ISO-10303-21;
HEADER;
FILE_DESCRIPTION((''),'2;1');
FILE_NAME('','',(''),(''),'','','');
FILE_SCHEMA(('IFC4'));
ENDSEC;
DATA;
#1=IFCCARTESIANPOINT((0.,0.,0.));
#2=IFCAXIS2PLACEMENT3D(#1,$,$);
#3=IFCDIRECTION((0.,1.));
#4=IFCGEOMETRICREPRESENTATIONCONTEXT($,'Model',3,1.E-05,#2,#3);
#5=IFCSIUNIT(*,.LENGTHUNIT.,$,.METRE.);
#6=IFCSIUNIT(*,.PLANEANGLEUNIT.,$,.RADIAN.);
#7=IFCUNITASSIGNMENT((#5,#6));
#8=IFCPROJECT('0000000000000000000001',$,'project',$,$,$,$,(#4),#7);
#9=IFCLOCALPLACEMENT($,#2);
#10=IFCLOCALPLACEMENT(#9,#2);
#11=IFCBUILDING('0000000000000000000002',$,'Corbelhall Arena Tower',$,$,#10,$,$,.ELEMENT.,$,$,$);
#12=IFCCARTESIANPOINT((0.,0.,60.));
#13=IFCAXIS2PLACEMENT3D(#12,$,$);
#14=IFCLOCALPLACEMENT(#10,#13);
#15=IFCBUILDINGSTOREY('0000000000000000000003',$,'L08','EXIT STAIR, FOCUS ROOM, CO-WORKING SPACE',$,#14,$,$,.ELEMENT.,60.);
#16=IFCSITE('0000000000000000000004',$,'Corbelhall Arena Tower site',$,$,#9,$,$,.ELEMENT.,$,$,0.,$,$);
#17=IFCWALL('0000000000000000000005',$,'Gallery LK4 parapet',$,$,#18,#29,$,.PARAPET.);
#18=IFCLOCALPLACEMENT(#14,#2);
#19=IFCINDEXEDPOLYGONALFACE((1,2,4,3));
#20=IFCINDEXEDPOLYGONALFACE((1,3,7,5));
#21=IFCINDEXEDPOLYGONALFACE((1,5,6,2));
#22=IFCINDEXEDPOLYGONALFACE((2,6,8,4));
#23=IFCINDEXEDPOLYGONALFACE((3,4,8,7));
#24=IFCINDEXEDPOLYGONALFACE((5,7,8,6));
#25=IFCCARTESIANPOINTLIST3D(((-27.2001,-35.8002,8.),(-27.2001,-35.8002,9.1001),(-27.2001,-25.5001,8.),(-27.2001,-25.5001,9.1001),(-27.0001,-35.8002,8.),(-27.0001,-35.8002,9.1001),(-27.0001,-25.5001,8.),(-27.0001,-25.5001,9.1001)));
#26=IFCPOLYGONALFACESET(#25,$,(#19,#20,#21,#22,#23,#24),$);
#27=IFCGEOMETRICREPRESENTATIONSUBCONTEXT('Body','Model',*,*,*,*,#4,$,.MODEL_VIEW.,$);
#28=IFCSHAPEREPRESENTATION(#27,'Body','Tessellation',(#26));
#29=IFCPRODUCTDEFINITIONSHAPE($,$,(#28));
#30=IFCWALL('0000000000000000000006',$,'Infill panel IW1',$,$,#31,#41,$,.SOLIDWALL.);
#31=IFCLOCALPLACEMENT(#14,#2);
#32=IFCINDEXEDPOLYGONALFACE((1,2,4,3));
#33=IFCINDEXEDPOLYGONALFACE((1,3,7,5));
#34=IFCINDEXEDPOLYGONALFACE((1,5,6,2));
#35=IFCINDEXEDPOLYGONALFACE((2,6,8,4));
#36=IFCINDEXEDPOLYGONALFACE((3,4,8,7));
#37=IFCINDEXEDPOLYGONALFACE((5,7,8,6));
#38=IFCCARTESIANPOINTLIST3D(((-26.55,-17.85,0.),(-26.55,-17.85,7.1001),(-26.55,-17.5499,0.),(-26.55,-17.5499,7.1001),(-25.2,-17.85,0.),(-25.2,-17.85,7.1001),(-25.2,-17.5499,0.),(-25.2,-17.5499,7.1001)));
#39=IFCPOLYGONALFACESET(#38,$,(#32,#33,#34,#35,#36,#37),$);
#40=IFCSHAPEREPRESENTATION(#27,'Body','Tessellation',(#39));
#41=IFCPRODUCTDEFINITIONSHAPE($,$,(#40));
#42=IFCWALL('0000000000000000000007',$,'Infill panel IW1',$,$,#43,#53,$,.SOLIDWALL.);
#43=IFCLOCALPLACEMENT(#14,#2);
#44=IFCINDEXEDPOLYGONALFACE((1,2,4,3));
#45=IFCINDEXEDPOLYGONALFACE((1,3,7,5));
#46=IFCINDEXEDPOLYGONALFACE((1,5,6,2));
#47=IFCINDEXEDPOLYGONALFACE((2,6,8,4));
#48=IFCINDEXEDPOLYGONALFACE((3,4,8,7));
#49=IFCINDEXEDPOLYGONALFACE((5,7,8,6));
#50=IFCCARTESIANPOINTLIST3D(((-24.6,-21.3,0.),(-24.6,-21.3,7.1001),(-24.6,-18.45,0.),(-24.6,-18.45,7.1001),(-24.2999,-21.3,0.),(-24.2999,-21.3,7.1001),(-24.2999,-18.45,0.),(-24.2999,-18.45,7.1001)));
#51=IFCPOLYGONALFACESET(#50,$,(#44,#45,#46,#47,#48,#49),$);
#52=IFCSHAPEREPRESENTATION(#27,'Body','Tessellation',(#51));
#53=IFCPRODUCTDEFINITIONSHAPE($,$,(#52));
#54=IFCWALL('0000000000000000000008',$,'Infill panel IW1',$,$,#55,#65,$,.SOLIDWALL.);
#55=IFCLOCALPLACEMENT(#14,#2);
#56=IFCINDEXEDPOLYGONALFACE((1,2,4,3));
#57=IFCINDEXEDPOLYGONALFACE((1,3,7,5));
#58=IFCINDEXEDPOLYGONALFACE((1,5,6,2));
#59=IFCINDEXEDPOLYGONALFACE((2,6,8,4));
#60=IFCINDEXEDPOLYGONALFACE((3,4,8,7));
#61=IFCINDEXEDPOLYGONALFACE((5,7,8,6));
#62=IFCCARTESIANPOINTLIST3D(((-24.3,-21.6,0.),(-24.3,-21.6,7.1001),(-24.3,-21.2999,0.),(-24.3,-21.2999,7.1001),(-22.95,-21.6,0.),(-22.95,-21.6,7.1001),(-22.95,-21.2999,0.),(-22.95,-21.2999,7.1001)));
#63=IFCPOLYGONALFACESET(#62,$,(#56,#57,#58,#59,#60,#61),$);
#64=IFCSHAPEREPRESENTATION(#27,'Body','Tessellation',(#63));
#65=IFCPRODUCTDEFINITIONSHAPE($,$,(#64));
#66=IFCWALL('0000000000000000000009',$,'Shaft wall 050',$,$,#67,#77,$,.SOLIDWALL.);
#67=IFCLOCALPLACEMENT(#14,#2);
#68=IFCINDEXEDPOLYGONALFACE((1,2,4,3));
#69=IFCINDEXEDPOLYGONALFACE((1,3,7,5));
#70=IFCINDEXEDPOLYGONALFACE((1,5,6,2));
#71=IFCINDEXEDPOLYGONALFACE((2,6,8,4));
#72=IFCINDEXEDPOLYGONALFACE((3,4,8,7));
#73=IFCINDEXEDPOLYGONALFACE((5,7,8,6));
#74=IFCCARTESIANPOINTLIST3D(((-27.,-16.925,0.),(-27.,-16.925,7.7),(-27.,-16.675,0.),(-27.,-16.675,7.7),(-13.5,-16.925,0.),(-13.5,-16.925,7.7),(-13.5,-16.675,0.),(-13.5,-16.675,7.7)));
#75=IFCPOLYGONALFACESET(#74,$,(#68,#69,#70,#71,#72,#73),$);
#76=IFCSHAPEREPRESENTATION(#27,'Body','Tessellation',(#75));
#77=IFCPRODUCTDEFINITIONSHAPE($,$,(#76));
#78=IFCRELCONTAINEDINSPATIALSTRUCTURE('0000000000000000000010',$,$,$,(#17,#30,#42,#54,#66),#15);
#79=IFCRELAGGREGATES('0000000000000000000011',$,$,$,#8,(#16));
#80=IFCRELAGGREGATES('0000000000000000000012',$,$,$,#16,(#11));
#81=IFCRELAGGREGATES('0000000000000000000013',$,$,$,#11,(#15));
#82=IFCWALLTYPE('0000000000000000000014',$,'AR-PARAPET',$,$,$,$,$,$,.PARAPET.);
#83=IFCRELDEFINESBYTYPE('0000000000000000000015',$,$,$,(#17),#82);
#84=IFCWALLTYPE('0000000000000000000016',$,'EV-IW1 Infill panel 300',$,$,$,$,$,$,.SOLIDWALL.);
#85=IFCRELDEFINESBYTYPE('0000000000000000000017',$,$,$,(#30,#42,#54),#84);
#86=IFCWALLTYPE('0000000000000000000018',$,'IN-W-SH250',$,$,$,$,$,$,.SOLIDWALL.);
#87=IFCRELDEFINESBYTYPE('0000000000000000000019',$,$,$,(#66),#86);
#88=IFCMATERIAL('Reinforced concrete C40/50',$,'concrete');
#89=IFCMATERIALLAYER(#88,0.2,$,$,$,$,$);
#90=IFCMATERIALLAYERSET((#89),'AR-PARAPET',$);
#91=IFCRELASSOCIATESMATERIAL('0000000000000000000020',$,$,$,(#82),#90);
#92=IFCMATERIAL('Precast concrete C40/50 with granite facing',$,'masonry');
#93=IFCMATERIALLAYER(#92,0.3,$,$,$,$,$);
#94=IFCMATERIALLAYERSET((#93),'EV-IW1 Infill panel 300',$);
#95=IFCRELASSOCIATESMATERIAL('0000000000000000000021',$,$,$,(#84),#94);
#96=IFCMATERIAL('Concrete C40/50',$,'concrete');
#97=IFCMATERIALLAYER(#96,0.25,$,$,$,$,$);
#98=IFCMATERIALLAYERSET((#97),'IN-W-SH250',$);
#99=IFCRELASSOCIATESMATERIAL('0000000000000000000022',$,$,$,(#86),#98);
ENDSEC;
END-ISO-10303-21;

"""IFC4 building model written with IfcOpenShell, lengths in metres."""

from ifc_helpers import new_model, si_unit, direction, frame, frame_2d, origin, place, context, subcontext, project, spatial, rectangle, extrude, material, layer, layer_set, type_object, element, save


model = new_model("IFC4")

# Units and contexts
model_context = context("Model", 3, precision=1e-05, world=origin(), true_north=direction((0.0, 1.0)))
body_context = subcontext(model_context, "Body", "Model", "MODEL_VIEW")
ifc_project = project(units=[si_unit("LENGTHUNIT", "METRE"), si_unit("PLANEANGLEUNIT", "RADIAN")], contexts=[model_context])

# Site, building, storey
site_placement = place(None, origin())
site = spatial("IfcSite", under=ifc_project, at=site_placement, Name="Corbelhall Arena Tower site", CompositionType="ELEMENT", RefElevation=0.0)
building_placement = place(site_placement, origin())
building = spatial("IfcBuilding", under=site, at=building_placement, Name="Corbelhall Arena Tower", CompositionType="ELEMENT")
storey_placement = place(building_placement, frame((0.0, 0.0, 60.0)))
storey = spatial("IfcBuildingStorey", under=building, at=storey_placement, Name="L08", Description="EXIT STAIR, FOCUS ROOM, CO-WORKING SPACE", CompositionType="ELEMENT", Elevation=60.0)

# Shared definitions
ifc_material_1 = material(Name="Reinforced concrete C40/50", Category="concrete")

# Walls
ifc_layer_1 = layer(ifc_material_1, 0.2)
ifc_layer_set_1 = layer_set([ifc_layer_1], Name="AR-PARAPET")
wall_type_1 = type_object("IfcWallType", Name="AR-PARAPET", PredefinedType="PARAPET", material=ifc_layer_set_1)
wall_1_placement = place(storey_placement, frame((-27.1001, -35.8, 8.0), z_axis=(0.0, 0.0, 1.0), x_axis=(0.0, 1.0, 0.0)))
element("IfcWall", 1, at=wall_1_placement, inside=storey, type_object=wall_type_1, Name="Gallery LK4 parapet", PredefinedType="PARAPET", context=body_context, shape_type="SweptSolid", body=[
    extrude(rectangle(XDim=10.3, YDim=0.2, at=frame_2d((5.1499, 0.0))), origin(), (0.0, 0.0, 1.0), 1.1001),
])
ifc_material_2 = material(Name="Precast concrete C40/50 with granite facing", Category="masonry")
ifc_layer_2 = layer(ifc_material_2, 0.3)
ifc_layer_set_2 = layer_set([ifc_layer_2], Name="EV-IW1 Infill panel 300")
wall_type_2 = type_object("IfcWallType", Name="EV-IW1 Infill panel 300", PredefinedType="SOLIDWALL", material=ifc_layer_set_2)
wall_2_placement = place(storey_placement, frame((-26.55, -17.7, 0.0), z_axis=(0.0, 0.0, 1.0), x_axis=(1.0, 0.0, 0.0)))
element("IfcWall", 2, at=wall_2_placement, inside=storey, type_object=wall_type_2, Name="Infill panel IW1", PredefinedType="SOLIDWALL", context=body_context, shape_type="SweptSolid", body=[
    extrude(rectangle(XDim=1.3501, YDim=0.3, at=frame_2d((0.675, 0.0))), origin(), (0.0, 0.0, 1.0), 7.1001),
])
wall_3_placement = place(storey_placement, frame((-24.45, -18.45, 0.0), z_axis=(0.0, 0.0, 1.0), x_axis=(0.0, -1.0, 0.0)))
element("IfcWall", 3, at=wall_3_placement, inside=storey, type_object=wall_type_2, Name="Infill panel IW1", PredefinedType="SOLIDWALL", context=body_context, shape_type="SweptSolid", body=[
    extrude(rectangle(XDim=2.8501, YDim=0.3, at=frame_2d((1.425, 0.0))), origin(), (0.0, 0.0, 1.0), 7.1001),
])
wall_4_placement = place(storey_placement, frame((-24.3, -21.45, 0.0), z_axis=(0.0, 0.0, 1.0), x_axis=(1.0, 0.0, 0.0)))
element("IfcWall", 4, at=wall_4_placement, inside=storey, type_object=wall_type_2, Name="Infill panel IW1", PredefinedType="SOLIDWALL", context=body_context, shape_type="SweptSolid", body=[
    extrude(rectangle(XDim=1.3501, YDim=0.3, at=frame_2d((0.675, 0.0))), origin(), (0.0, 0.0, 1.0), 7.1001),
])
ifc_material_3 = material(Name="Concrete C40/50", Category="concrete")
ifc_layer_3 = layer(ifc_material_3, 0.25)
ifc_layer_set_3 = layer_set([ifc_layer_3], Name="IN-W-SH250")
wall_type_3 = type_object("IfcWallType", Name="IN-W-SH250", PredefinedType="SOLIDWALL", material=ifc_layer_set_3)
wall_5_placement = place(storey_placement, frame((-27.0, -16.8, 0.0), z_axis=(0.0, 0.0, 1.0), x_axis=(1.0, 0.0, 0.0)))
element("IfcWall", 5, at=wall_5_placement, inside=storey, type_object=wall_type_3, Name="Shaft wall 050", PredefinedType="SOLIDWALL", context=body_context, shape_type="SweptSolid", body=[
    extrude(rectangle(XDim=13.5, YDim=0.25, at=frame_2d((6.75, 0.0))), origin(), (0.0, 0.0, 1.0), 7.7),
])

save(model, "model.ifc")
